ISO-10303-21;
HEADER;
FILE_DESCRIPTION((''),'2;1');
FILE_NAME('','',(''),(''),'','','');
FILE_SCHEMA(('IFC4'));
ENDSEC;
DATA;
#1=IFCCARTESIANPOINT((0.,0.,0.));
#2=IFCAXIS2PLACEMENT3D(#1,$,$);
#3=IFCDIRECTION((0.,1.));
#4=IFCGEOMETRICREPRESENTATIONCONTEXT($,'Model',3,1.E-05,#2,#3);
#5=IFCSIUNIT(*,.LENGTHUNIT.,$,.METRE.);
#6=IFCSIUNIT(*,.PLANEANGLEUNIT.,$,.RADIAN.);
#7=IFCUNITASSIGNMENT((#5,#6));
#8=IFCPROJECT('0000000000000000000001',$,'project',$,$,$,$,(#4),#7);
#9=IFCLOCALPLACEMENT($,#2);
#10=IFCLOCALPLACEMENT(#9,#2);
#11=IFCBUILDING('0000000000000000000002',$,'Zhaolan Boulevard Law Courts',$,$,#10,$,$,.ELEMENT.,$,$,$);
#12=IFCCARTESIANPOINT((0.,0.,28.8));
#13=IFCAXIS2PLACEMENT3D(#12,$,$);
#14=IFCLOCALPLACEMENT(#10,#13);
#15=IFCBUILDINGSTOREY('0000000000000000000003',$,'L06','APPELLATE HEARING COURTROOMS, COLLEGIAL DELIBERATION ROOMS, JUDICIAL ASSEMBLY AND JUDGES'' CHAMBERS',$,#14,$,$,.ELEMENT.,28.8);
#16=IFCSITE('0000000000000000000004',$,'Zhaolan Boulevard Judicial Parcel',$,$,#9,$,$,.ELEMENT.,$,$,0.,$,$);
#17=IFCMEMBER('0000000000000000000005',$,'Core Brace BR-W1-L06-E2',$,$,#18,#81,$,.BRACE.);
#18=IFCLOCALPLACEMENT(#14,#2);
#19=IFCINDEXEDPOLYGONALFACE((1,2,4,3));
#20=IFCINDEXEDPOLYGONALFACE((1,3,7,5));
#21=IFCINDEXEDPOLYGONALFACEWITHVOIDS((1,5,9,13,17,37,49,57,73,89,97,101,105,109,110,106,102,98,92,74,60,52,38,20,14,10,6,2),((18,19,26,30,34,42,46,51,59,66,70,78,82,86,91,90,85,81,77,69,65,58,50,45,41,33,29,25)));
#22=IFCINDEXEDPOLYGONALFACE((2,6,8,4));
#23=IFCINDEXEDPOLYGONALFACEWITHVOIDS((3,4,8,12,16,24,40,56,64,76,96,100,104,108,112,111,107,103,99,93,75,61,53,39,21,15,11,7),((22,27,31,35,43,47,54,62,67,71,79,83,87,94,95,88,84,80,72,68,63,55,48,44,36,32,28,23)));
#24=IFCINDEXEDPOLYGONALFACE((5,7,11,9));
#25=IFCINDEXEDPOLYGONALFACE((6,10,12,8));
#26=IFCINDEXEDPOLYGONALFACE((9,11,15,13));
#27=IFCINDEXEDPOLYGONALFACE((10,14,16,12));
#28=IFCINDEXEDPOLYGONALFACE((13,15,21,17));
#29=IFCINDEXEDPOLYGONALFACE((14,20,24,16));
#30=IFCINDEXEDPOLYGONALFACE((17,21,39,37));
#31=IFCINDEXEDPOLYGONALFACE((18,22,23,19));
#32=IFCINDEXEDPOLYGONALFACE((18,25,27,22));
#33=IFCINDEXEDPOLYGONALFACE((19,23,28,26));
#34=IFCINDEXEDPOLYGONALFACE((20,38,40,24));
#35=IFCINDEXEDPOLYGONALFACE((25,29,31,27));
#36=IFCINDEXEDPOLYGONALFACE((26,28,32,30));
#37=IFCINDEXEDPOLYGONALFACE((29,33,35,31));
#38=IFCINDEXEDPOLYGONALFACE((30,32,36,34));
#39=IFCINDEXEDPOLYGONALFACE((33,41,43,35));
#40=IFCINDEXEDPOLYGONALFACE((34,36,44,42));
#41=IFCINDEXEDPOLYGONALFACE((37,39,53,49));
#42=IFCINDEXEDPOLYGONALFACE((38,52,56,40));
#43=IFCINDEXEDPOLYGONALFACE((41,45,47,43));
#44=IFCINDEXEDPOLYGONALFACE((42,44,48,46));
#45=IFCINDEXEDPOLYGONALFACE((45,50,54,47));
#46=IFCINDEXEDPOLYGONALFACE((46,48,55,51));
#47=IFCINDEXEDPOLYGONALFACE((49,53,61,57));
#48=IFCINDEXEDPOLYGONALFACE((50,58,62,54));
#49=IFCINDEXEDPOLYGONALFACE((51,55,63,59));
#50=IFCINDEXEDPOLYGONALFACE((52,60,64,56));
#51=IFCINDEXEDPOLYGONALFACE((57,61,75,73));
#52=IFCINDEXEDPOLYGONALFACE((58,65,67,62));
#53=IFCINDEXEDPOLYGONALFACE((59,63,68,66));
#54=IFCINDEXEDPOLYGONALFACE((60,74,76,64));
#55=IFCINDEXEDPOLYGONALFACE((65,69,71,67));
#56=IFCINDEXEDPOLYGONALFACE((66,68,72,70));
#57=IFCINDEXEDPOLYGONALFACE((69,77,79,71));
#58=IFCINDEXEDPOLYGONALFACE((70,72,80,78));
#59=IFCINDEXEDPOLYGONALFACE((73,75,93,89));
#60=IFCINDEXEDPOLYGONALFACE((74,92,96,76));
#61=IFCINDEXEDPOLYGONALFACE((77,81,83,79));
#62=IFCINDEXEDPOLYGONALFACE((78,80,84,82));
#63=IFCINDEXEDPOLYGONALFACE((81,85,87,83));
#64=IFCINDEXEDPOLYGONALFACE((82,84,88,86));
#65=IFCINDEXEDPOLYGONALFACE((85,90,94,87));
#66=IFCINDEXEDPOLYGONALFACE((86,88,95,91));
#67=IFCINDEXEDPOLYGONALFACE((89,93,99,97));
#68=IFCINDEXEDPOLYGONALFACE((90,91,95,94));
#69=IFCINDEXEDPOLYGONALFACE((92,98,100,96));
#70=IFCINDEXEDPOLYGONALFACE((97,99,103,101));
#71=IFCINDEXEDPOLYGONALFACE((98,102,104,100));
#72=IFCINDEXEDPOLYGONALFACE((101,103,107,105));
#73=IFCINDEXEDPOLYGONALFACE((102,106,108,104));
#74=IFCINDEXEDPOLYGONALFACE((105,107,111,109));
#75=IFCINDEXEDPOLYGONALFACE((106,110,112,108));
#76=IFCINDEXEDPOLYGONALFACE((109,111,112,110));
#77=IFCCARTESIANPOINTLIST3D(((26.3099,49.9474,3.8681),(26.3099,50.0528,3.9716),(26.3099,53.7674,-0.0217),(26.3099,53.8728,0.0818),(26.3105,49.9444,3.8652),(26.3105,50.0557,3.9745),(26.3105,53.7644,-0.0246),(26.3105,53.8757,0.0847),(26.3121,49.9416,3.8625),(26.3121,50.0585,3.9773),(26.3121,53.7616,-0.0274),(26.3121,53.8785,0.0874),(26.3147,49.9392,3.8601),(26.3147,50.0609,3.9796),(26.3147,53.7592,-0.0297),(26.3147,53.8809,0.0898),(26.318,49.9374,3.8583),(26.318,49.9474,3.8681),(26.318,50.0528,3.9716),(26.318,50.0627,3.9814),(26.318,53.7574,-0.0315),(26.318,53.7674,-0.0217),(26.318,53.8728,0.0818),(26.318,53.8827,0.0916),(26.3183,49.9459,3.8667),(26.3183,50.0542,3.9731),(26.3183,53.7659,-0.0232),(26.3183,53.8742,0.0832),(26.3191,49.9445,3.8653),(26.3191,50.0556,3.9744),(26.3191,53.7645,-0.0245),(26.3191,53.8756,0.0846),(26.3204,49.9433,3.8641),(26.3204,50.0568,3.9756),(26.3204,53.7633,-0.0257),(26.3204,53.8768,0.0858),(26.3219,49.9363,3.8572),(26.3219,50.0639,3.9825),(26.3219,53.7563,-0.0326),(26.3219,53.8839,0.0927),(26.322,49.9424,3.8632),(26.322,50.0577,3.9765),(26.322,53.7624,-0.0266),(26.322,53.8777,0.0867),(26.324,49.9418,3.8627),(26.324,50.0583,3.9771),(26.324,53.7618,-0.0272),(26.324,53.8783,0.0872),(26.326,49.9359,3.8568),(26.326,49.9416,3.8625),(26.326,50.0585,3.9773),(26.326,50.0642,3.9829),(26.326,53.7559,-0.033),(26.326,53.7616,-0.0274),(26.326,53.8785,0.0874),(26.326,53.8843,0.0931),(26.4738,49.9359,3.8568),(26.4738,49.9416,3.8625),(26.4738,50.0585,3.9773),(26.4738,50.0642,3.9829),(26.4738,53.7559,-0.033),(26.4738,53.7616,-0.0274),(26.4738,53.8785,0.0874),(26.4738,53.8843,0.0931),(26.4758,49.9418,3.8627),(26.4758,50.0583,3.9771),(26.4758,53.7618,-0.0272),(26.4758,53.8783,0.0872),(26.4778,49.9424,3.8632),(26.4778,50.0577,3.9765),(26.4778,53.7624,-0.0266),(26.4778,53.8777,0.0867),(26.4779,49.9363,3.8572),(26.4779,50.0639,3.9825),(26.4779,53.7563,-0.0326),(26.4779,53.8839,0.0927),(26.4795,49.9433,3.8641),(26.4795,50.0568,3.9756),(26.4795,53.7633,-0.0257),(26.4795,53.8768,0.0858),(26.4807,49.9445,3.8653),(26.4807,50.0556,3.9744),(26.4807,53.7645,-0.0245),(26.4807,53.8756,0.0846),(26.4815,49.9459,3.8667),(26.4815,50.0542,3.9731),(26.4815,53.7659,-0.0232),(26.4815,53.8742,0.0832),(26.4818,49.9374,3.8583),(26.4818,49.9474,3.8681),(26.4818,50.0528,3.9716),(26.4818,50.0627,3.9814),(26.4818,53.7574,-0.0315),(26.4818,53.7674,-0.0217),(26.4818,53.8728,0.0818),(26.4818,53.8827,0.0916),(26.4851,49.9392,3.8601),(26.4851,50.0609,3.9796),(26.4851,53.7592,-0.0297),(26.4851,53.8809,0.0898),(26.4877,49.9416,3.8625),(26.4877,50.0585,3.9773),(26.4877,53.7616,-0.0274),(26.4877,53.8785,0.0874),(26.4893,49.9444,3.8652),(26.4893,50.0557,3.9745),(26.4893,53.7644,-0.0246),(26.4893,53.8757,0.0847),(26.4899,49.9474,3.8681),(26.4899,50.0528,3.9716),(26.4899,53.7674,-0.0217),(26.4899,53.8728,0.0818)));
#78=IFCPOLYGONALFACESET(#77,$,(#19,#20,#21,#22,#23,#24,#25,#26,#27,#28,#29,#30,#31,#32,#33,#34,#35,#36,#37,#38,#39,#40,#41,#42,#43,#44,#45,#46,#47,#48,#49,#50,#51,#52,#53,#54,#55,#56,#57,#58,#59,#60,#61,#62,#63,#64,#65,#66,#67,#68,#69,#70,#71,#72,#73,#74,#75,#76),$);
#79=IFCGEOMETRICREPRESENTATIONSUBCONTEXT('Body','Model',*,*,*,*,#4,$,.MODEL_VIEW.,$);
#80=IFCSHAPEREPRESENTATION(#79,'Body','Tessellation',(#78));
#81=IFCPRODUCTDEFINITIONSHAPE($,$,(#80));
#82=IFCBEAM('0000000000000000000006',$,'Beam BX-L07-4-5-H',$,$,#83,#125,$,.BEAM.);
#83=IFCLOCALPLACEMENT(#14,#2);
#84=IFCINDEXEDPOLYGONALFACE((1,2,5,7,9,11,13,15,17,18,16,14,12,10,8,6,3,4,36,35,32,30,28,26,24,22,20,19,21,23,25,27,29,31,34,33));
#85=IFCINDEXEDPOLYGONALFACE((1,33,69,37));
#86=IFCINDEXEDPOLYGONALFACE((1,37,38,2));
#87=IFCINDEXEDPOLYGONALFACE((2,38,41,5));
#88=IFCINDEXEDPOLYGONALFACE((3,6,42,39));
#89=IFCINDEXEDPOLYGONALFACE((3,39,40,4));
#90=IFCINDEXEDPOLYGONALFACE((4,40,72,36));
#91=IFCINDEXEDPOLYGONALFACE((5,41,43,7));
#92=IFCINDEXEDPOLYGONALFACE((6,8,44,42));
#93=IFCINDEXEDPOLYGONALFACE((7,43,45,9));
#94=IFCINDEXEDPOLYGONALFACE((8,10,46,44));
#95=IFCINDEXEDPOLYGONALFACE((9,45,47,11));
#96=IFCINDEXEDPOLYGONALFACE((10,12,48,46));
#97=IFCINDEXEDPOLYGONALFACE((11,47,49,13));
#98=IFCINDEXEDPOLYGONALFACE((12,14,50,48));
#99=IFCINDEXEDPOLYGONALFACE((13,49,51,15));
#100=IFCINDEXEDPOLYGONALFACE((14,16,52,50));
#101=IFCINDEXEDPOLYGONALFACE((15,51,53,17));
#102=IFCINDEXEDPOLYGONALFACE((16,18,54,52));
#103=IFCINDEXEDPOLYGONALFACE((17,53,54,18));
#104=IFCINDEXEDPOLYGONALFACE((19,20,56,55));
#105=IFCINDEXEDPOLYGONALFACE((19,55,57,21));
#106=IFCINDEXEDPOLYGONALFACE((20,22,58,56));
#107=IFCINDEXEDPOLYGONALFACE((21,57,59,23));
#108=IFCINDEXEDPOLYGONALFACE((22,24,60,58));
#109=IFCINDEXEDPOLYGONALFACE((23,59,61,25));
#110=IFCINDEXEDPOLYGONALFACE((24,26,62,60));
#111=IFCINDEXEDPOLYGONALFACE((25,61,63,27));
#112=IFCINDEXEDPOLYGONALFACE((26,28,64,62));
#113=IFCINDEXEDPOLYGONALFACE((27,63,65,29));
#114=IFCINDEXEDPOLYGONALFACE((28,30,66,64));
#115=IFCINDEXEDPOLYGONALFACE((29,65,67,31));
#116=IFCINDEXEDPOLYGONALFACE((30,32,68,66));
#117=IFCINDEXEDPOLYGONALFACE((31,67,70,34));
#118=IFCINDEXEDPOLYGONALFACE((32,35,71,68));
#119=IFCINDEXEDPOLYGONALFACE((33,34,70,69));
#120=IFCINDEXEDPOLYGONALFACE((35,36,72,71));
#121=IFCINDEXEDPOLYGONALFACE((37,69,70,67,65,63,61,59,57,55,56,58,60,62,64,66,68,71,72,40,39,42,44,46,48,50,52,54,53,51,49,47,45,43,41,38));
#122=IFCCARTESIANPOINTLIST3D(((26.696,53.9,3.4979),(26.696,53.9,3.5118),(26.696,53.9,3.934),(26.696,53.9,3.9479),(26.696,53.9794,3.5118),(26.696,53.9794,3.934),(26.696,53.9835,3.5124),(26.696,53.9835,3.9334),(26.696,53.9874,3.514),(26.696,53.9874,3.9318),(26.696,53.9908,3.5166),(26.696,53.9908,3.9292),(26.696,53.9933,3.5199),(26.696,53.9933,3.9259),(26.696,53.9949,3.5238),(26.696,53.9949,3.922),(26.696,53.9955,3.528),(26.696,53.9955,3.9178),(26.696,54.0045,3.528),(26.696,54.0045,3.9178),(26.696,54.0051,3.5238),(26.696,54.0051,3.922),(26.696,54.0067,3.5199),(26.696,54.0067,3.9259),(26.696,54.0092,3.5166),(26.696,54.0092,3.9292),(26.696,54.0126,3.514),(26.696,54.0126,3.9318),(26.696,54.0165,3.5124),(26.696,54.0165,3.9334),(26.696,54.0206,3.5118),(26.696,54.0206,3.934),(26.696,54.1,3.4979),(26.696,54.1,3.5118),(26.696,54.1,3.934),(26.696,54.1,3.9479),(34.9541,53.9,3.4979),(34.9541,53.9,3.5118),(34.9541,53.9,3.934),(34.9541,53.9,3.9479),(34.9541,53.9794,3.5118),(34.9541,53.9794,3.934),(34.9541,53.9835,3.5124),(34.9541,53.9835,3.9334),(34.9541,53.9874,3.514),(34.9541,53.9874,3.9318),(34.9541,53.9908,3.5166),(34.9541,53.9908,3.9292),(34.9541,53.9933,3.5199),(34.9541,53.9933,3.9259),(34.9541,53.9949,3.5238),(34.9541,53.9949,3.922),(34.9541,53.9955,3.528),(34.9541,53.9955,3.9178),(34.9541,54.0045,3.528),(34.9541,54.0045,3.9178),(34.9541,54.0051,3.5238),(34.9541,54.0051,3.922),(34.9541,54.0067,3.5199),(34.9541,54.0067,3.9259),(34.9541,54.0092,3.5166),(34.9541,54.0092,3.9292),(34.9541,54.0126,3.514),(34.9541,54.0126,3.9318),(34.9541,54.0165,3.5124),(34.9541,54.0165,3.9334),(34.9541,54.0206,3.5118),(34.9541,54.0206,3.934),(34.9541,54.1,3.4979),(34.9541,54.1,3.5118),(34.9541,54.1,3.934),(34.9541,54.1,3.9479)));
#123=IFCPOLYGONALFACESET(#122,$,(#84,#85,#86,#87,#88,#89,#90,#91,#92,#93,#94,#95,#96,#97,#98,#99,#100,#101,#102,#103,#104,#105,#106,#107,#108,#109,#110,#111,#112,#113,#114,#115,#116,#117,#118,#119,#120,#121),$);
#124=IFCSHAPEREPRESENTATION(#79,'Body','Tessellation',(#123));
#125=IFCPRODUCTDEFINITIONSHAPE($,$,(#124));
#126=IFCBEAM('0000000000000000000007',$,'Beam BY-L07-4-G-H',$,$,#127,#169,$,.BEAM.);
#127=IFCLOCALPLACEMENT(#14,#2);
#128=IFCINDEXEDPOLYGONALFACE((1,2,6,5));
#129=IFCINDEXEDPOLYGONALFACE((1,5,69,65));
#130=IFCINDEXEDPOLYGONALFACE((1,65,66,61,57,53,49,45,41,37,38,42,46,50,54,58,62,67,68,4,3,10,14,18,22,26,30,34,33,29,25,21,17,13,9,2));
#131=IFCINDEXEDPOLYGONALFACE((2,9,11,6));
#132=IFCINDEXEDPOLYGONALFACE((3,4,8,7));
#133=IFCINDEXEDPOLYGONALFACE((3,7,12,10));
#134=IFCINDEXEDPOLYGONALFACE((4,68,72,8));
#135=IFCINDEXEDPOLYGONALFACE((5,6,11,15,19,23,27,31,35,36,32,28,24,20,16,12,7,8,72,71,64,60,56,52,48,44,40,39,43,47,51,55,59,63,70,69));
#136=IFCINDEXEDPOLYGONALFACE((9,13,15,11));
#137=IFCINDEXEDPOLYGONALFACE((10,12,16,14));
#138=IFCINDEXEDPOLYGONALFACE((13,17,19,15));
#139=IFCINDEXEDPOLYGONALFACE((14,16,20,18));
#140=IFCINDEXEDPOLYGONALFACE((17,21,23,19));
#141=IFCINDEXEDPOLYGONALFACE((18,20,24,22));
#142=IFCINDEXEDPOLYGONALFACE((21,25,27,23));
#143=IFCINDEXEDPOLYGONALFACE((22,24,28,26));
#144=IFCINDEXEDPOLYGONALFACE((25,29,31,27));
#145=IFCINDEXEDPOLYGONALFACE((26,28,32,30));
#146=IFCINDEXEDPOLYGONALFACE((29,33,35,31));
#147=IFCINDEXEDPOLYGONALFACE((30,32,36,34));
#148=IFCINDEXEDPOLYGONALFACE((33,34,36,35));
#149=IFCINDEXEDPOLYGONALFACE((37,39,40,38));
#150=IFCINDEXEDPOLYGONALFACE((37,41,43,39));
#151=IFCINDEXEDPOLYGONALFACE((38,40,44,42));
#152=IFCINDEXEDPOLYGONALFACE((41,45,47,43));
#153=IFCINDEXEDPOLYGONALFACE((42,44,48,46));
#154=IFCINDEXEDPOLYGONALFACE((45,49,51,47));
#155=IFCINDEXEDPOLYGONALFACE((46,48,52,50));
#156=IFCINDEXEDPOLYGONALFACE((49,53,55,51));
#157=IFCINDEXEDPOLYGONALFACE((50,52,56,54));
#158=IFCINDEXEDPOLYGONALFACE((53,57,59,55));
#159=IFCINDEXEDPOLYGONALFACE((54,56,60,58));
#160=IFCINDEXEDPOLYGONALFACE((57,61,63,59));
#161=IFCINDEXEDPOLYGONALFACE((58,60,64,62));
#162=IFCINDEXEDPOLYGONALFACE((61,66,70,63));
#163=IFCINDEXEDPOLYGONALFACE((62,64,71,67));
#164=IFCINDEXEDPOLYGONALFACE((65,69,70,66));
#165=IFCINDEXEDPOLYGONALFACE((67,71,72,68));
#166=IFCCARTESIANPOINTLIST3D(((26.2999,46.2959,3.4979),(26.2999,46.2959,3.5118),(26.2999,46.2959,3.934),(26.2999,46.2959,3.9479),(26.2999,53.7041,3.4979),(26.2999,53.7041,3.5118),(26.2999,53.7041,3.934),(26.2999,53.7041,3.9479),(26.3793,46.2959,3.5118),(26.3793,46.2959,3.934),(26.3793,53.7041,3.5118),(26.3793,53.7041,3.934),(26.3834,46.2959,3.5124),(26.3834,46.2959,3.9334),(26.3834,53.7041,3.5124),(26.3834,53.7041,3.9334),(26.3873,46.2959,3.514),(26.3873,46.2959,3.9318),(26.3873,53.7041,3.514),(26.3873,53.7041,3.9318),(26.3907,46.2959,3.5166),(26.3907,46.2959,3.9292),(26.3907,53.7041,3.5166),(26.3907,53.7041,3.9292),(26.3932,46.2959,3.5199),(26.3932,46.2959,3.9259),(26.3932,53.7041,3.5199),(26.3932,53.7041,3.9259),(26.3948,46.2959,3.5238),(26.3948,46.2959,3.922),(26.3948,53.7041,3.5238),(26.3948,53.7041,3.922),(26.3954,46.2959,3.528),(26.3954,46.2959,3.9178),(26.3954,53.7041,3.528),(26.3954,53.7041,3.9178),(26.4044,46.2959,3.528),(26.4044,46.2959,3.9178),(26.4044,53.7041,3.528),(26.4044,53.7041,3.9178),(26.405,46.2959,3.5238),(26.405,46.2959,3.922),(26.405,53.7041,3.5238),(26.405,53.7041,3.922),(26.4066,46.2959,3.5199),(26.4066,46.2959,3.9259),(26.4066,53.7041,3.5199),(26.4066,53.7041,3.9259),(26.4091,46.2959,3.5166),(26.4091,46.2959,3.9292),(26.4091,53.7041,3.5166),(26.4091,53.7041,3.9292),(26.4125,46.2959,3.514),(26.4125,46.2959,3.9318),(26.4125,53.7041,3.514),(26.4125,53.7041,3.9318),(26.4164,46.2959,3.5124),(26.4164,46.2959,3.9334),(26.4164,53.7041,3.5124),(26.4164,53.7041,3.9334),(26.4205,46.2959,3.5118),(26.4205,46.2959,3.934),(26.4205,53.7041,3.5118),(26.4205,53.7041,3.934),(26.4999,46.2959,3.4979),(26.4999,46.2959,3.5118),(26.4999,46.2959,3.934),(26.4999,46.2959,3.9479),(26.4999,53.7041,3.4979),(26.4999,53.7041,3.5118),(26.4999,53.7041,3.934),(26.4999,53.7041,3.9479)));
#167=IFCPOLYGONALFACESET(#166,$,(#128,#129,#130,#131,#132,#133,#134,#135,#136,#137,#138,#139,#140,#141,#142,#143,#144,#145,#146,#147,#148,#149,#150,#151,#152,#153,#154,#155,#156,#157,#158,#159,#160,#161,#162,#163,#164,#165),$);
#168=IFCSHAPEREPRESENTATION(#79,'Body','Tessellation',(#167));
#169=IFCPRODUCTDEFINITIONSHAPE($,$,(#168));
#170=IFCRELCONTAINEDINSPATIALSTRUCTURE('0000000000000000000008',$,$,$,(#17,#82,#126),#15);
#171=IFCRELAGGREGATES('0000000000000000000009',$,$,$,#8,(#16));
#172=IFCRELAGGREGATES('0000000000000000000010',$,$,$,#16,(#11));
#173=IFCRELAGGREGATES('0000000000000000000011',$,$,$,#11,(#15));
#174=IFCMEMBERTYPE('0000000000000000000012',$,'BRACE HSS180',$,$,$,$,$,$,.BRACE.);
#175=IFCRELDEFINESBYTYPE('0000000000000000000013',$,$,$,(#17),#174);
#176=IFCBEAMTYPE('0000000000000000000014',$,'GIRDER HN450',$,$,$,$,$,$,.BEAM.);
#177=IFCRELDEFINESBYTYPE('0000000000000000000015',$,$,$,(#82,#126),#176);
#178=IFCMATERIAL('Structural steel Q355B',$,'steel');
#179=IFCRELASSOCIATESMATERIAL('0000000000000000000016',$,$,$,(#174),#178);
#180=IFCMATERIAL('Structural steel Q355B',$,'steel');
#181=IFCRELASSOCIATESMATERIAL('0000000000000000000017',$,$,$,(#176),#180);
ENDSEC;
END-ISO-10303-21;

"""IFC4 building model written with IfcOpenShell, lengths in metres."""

from ifc_helpers import new_model, si_unit, direction, frame, origin, origin_2d, place, context, subcontext, project, spatial, hollow_rectangle, i_section, extrude, material, material_profile, profile_set, type_object, element, save


model = new_model("IFC4")

# Units and contexts
model_context = context("Model", 3, precision=1e-05, world=origin(), true_north=direction((0.0, 1.0)))
body_context = subcontext(model_context, "Body", "Model", "MODEL_VIEW")
ifc_project = project(units=[si_unit("LENGTHUNIT", "METRE"), si_unit("PLANEANGLEUNIT", "RADIAN")], contexts=[model_context])

# Site, building, storey
site_placement = place(None, origin())
site = spatial("IfcSite", under=ifc_project, at=site_placement, Name="Zhaolan Boulevard Judicial Parcel", CompositionType="ELEMENT", RefElevation=0.0)
building_placement = place(site_placement, origin())
building = spatial("IfcBuilding", under=site, at=building_placement, Name="Zhaolan Boulevard Law Courts", CompositionType="ELEMENT")
storey_placement = place(building_placement, frame((0.0, 0.0, 28.8)))
storey = spatial("IfcBuildingStorey", under=building, at=storey_placement, Name="L06", Description="APPELLATE HEARING COURTROOMS, COLLEGIAL DELIBERATION ROOMS, JUDICIAL ASSEMBLY AND JUDGES' CHAMBERS", CompositionType="ELEMENT", Elevation=28.8)

# Member
ifc_material_1 = material(Name="Structural steel Q355B", Category="steel")
ifc_material_profile_1 = material_profile(ifc_material_1, hollow_rectangle(XDim=0.1799, YDim=0.1799, WallThickness=0.0081, InnerFilletRadius=0.0081, OuterFilletRadius=0.0161, at=origin_2d()), Name="HSS180x180x8")
ifc_profile_set_1 = profile_set([ifc_material_profile_1], Name="Structural steel Q355B")
member_type = type_object("IfcMemberType", Name="BRACE HSS180", PredefinedType="BRACE", material=ifc_profile_set_1)
member_placement = place(storey_placement, frame((26.3999, 53.8201, 0.03), z_axis=(0.0, -0.700674, 0.713481), x_axis=(1.0, 0.0, 0.0)))
element("IfcMember", 1, at=member_placement, inside=storey, type_object=member_type, Name="Core Brace BR-W1-L06-E2", PredefinedType="BRACE", context=body_context, shape_type="SweptSolid", body=[
    extrude(hollow_rectangle(XDim=0.1799, YDim=0.1799, WallThickness=0.0081, InnerFilletRadius=0.0081, OuterFilletRadius=0.0161, at=origin_2d()), origin(), (0.0, 0.0, 1.0), 5.4519),
])

# Beams
ifc_material_2 = material(Name="Structural steel Q355B", Category="steel")
ifc_material_profile_2 = material_profile(ifc_material_2, i_section(OverallWidth=0.2, OverallDepth=0.45, WebThickness=0.009, FlangeThickness=0.0139, FilletRadius=0.0161, at=origin_2d()), Name="HN450x200")
ifc_profile_set_2 = profile_set([ifc_material_profile_2], Name="Structural steel Q355B")
beam_type_1 = type_object("IfcBeamType", Name="GIRDER HN450", PredefinedType="BEAM", material=ifc_profile_set_2)
beam_1_placement = place(storey_placement, frame((26.696, 54.0, 3.7229), z_axis=(1.0, 0.0, 0.0), x_axis=(0.0, 1.0, 0.0)))
element("IfcBeam", 2, at=beam_1_placement, inside=storey, type_object=beam_type_1, Name="Beam BX-L07-4-5-H", PredefinedType="BEAM", context=body_context, shape_type="SweptSolid", body=[
    extrude(i_section(OverallWidth=0.2, OverallDepth=0.45, WebThickness=0.009, FlangeThickness=0.0139, FilletRadius=0.0161, at=origin_2d()), origin(), (0.0, 0.0, 1.0), 8.2581),
])
beam_2_placement = place(storey_placement, frame((26.3999, 46.2959, 3.7229), z_axis=(0.0, 1.0, 0.0), x_axis=(-1.0, 0.0, 0.0)))
element("IfcBeam", 3, at=beam_2_placement, inside=storey, type_object=beam_type_1, Name="Beam BY-L07-4-G-H", PredefinedType="BEAM", context=body_context, shape_type="SweptSolid", body=[
    extrude(i_section(OverallWidth=0.2, OverallDepth=0.45, WebThickness=0.009, FlangeThickness=0.0139, FilletRadius=0.0161, at=origin_2d()), origin(), (0.0, 0.0, 1.0), 7.4082),
])

save(model, "model.ifc")
